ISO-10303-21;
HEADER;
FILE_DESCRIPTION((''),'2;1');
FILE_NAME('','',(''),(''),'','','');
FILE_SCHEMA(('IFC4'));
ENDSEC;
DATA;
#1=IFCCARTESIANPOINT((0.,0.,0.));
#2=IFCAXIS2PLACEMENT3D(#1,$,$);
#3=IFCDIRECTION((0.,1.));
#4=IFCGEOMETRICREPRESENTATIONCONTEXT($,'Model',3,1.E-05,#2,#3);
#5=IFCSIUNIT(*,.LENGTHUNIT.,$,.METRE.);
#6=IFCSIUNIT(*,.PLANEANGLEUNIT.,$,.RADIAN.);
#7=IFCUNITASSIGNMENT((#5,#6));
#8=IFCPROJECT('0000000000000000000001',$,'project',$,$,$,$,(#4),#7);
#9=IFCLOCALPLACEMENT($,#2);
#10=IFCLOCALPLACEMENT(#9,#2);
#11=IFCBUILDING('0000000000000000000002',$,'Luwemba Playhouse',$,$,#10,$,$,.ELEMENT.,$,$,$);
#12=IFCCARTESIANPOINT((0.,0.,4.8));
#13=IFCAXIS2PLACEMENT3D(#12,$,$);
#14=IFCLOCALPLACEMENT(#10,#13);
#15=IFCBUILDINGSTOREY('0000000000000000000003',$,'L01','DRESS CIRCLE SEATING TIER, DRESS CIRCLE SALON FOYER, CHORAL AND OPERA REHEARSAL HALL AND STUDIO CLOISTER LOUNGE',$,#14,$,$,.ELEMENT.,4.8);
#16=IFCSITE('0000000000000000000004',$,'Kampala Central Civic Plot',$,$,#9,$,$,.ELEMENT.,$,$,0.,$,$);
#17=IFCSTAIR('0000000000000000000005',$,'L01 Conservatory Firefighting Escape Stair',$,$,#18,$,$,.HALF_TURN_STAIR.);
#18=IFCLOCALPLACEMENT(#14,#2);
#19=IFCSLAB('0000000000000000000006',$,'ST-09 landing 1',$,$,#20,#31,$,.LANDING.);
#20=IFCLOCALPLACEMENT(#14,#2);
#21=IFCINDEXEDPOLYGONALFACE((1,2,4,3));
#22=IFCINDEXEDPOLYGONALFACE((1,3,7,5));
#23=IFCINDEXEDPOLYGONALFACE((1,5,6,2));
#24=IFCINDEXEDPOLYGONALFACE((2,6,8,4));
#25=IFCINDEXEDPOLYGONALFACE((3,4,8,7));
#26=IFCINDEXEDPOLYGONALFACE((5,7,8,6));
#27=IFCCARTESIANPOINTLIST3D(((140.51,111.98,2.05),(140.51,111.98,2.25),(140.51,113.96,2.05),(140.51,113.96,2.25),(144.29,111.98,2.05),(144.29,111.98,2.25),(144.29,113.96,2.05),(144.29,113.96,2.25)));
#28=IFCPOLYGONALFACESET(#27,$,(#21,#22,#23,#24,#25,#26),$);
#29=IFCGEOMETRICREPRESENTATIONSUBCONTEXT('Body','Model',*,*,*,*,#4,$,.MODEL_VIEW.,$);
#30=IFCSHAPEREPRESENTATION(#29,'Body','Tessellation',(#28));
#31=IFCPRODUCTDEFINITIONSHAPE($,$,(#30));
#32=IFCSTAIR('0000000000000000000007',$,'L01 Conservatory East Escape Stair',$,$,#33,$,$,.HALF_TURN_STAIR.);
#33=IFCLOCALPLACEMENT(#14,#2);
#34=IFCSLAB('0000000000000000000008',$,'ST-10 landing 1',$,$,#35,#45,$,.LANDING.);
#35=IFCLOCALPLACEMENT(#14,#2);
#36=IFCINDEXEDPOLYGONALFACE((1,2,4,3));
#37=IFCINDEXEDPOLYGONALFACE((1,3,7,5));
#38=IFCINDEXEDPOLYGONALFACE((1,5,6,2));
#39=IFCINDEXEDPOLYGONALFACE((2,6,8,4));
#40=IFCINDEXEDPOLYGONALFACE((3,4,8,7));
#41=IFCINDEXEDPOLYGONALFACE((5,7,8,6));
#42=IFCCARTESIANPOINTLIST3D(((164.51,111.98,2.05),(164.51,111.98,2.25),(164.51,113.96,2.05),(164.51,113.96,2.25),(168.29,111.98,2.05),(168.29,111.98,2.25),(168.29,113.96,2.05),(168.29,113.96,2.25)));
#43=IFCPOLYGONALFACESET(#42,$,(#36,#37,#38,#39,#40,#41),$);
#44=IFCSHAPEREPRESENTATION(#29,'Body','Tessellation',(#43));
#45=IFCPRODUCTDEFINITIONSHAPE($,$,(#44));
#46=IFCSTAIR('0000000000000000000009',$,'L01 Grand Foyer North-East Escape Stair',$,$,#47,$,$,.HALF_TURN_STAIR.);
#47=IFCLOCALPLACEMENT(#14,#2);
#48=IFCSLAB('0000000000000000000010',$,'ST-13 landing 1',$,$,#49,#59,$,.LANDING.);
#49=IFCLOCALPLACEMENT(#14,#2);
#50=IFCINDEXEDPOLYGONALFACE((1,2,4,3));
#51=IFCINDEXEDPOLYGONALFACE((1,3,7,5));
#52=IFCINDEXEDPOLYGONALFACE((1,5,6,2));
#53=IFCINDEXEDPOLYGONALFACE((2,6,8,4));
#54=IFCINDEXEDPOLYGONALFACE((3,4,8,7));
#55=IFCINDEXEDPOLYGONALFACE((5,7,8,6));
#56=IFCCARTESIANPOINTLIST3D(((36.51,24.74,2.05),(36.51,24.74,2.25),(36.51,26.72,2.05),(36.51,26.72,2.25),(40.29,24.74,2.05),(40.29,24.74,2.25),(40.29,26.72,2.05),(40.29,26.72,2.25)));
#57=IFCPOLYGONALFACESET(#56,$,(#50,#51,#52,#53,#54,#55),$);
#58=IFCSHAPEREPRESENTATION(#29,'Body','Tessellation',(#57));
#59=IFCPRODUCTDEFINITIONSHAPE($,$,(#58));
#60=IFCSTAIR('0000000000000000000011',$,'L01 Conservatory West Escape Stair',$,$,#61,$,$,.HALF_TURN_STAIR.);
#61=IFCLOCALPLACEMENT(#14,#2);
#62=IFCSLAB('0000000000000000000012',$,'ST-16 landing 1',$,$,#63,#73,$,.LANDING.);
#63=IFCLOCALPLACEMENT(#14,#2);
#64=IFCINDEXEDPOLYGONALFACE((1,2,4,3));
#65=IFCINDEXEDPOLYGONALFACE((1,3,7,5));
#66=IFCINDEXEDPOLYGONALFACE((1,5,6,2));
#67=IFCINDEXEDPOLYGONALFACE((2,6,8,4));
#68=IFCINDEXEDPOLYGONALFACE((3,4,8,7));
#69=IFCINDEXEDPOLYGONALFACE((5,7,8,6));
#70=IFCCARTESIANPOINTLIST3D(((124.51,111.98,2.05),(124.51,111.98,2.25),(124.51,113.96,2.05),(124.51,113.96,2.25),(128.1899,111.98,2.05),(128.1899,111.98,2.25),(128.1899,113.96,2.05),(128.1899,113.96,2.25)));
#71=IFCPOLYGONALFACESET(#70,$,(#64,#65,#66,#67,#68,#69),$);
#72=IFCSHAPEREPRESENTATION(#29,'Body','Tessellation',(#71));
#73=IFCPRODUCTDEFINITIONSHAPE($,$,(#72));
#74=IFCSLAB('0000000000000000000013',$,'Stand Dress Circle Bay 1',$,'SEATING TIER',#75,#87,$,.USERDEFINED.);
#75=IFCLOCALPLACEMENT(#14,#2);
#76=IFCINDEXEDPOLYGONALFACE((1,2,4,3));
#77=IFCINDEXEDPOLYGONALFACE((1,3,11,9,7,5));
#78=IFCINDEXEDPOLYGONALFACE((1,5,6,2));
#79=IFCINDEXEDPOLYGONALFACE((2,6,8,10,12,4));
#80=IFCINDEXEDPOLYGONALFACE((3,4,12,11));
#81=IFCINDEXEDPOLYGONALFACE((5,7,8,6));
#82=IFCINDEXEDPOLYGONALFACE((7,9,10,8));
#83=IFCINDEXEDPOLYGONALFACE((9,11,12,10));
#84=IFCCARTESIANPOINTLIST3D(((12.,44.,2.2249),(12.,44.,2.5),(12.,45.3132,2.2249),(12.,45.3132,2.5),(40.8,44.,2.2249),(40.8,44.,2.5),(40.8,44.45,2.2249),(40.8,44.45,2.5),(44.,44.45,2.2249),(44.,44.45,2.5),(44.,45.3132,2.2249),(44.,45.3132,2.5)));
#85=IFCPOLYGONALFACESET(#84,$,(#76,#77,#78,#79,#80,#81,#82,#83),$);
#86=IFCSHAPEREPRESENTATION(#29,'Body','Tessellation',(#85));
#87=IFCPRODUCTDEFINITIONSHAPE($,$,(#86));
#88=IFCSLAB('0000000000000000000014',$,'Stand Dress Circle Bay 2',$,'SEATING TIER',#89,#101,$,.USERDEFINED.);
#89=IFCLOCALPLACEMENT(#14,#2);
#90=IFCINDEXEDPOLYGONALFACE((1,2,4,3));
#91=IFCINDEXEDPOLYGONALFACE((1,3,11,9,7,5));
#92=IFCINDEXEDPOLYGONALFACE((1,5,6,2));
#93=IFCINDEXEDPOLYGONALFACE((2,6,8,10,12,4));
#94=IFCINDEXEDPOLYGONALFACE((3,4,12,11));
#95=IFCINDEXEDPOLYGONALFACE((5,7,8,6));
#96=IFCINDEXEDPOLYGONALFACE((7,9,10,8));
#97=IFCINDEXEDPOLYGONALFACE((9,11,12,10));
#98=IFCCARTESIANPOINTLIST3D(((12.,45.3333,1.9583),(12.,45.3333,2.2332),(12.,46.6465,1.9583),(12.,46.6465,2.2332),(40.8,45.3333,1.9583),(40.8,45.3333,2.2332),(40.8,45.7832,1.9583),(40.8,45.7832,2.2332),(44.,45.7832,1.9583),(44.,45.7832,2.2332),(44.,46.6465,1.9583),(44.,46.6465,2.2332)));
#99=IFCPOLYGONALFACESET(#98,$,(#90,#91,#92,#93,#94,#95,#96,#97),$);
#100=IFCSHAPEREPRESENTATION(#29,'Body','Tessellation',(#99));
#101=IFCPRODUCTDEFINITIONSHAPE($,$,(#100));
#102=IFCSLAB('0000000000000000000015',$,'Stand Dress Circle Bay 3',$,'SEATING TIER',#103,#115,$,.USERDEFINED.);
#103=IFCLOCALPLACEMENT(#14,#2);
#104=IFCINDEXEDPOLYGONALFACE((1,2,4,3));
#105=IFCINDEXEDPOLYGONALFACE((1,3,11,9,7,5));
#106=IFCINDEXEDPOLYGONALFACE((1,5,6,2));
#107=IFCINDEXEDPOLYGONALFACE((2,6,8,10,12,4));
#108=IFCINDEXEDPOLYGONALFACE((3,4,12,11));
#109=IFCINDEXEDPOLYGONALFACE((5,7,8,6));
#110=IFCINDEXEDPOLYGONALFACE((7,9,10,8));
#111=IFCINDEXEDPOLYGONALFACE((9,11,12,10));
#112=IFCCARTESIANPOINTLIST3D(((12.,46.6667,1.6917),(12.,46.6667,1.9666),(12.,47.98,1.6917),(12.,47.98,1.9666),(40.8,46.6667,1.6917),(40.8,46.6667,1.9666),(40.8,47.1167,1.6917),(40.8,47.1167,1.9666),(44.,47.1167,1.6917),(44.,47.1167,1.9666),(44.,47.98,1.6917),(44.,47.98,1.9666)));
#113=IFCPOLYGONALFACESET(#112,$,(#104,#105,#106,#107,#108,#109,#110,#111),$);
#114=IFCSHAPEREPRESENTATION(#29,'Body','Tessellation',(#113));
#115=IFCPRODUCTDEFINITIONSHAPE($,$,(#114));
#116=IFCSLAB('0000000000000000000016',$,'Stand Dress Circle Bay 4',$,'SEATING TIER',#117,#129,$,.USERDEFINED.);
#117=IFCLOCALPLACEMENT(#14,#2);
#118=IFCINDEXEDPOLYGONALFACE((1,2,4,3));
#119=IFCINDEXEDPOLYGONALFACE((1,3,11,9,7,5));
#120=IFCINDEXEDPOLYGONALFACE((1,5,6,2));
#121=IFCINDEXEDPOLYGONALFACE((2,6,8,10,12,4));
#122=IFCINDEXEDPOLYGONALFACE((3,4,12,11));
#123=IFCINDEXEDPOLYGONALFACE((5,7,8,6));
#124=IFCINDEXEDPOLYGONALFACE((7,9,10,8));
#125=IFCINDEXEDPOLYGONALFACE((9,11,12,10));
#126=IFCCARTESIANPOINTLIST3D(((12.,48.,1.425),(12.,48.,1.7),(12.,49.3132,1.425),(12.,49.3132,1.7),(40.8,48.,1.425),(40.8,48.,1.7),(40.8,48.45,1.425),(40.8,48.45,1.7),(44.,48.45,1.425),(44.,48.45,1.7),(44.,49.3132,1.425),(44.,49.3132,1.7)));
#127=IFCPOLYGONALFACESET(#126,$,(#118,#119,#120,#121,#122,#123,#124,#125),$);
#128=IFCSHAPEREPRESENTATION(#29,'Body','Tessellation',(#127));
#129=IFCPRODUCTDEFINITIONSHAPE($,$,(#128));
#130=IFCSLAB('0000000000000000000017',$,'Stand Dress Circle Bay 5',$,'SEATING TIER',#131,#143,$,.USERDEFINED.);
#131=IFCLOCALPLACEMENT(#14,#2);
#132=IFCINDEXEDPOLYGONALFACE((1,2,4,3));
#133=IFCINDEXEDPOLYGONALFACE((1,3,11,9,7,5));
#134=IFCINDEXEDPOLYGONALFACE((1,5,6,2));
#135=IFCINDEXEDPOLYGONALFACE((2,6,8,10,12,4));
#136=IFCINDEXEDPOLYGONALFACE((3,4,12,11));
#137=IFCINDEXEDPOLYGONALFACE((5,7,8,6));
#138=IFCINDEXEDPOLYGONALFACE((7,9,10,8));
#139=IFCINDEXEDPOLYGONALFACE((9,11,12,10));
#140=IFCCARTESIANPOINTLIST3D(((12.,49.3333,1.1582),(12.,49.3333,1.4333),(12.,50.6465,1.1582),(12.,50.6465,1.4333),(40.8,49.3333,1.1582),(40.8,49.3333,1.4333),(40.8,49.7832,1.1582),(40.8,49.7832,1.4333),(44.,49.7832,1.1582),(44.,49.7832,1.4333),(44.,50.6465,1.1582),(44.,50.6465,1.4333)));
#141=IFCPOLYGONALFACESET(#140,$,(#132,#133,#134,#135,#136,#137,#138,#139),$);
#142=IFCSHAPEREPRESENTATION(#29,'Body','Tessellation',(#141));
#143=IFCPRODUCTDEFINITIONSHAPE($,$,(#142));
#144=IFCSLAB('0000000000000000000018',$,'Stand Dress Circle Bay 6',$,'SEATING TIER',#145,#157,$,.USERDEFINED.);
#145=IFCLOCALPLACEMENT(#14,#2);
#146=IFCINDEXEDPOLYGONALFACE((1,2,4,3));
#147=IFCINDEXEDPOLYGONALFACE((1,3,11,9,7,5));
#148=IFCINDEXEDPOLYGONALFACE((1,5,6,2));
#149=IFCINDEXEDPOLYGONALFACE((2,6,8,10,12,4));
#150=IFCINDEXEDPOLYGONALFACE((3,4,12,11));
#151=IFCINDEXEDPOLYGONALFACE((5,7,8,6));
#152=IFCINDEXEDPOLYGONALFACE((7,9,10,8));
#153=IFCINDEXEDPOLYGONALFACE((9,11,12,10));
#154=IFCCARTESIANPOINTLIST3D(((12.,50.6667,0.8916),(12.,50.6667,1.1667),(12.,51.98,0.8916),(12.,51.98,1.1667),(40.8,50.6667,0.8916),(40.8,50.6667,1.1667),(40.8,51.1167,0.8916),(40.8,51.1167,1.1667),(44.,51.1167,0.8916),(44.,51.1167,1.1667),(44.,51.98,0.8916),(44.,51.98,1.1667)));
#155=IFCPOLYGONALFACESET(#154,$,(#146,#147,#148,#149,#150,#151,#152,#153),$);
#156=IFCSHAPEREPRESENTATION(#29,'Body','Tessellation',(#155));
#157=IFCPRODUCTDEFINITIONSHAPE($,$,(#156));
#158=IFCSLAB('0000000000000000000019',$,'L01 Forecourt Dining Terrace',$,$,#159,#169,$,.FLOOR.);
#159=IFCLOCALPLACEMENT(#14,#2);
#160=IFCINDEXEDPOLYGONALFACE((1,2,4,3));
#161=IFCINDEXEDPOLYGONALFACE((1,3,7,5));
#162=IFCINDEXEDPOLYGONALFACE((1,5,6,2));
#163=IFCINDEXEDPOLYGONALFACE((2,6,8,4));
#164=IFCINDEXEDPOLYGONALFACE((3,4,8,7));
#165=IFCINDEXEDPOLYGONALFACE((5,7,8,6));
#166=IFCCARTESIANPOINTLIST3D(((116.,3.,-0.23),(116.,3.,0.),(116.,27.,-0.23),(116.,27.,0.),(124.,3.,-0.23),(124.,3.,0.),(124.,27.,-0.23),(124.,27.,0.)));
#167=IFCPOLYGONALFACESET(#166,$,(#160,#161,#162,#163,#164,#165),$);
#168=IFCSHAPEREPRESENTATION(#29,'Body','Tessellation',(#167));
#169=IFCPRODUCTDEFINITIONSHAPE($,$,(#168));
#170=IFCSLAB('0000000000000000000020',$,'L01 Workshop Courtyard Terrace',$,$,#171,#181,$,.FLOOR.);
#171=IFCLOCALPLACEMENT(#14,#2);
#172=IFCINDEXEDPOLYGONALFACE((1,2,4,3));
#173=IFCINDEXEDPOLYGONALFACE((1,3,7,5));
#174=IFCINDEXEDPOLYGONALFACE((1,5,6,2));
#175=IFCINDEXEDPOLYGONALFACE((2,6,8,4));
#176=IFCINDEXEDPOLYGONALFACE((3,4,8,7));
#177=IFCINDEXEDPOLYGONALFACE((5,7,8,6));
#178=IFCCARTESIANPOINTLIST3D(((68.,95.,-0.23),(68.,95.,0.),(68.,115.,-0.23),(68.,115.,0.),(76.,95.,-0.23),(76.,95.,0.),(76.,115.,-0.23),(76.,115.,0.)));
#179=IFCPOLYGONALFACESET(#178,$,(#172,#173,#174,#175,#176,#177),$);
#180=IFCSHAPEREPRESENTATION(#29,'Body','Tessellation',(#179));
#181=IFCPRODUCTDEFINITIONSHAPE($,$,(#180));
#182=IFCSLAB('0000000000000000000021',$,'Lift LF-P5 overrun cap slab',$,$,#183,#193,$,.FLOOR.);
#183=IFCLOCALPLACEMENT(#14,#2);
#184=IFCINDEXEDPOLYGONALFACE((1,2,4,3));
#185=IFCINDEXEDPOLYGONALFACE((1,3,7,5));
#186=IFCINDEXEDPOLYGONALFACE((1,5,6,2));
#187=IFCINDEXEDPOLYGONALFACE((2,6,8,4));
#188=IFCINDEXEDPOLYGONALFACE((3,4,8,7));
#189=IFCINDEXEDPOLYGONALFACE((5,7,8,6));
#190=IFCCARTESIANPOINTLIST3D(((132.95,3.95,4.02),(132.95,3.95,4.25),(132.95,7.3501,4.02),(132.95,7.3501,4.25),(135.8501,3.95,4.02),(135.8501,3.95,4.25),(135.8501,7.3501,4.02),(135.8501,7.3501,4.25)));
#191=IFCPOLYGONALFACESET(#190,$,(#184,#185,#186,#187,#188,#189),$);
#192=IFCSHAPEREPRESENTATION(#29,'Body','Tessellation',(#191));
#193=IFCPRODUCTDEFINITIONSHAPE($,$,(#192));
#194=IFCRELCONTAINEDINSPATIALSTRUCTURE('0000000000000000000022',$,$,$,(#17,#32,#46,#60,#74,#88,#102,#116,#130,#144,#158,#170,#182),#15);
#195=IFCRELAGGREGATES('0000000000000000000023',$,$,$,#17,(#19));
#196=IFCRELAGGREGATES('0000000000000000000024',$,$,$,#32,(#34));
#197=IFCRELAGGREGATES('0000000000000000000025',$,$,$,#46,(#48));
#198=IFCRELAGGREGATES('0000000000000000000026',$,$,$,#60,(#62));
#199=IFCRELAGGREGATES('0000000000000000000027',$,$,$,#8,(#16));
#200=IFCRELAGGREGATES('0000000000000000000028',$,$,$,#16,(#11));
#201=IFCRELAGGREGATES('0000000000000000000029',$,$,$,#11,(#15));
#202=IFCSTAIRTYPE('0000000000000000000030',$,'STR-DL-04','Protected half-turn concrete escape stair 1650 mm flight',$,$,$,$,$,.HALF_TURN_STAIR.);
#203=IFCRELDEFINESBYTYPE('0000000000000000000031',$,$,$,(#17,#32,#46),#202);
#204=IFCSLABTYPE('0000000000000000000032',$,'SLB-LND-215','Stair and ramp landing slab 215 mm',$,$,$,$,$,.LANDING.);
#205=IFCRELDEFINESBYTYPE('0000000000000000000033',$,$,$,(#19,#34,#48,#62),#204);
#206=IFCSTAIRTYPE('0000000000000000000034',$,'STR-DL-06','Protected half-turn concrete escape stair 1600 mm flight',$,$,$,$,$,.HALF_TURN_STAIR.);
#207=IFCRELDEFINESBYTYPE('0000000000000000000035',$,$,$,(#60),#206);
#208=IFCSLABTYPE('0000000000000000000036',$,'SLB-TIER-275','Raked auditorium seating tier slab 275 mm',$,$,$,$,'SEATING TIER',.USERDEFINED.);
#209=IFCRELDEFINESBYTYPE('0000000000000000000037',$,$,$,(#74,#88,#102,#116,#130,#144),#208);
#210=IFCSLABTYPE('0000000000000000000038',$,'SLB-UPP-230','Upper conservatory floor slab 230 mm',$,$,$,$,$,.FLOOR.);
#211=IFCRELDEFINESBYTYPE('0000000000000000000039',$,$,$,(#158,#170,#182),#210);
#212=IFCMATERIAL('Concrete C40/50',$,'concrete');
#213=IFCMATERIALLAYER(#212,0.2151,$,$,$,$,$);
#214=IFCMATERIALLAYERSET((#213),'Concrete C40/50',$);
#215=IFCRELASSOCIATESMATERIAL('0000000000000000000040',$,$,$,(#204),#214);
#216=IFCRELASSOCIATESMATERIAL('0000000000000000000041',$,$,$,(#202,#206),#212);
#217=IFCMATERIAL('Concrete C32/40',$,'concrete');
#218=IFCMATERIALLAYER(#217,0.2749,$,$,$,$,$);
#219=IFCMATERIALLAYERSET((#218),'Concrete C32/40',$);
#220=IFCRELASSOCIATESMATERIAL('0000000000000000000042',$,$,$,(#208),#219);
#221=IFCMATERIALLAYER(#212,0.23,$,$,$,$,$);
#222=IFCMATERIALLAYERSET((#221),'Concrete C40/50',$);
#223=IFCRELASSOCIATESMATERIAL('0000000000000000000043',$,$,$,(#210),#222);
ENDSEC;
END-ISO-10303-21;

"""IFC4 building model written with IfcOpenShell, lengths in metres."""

from ifc_helpers import new_model, si_unit, direction, frame, origin, place, context, subcontext, project, spatial, polyline, outline, extrude, material, layer, layer_set, type_object, element, aggregate, save


model = new_model("IFC4")

# Units and contexts
model_context = context("Model", 3, precision=1e-05, world=origin(), true_north=direction((0.0, 1.0)))
body_context = subcontext(model_context, "Body", "Model", "MODEL_VIEW")
ifc_project = project(units=[si_unit("LENGTHUNIT", "METRE"), si_unit("PLANEANGLEUNIT", "RADIAN")], contexts=[model_context])

# Site, building, storey
site_placement = place(None, origin())
site = spatial("IfcSite", under=ifc_project, at=site_placement, Name="Kampala Central Civic Plot", CompositionType="ELEMENT", RefElevation=0.0)
building_placement = place(site_placement, origin())
building = spatial("IfcBuilding", under=site, at=building_placement, Name="Luwemba Playhouse", CompositionType="ELEMENT")
storey_placement = place(building_placement, frame((0.0, 0.0, 4.8)))
storey = spatial("IfcBuildingStorey", under=building, at=storey_placement, Name="L01", Description="DRESS CIRCLE SEATING TIER, DRESS CIRCLE SALON FOYER, CHORAL AND OPERA REHEARSAL HALL AND STUDIO CLOISTER LOUNGE", CompositionType="ELEMENT", Elevation=4.8)

# Shared definitions
ifc_material_1 = material(Name="Concrete C40/50", Category="concrete")

# Stairs, slabs
ifc_layer_1 = layer(ifc_material_1, 0.2151)
ifc_layer_set_1 = layer_set([ifc_layer_1], Name="Concrete C40/50")
slab_type_1 = type_object("IfcSlabType", Name="SLB-LND-215", Description="Stair and ramp landing slab 215 mm", PredefinedType="LANDING", material=ifc_layer_set_1)
stair_type_1 = type_object("IfcStairType", Name="STR-DL-04", Description="Protected half-turn concrete escape stair 1650 mm flight", PredefinedType="HALF_TURN_STAIR", material=ifc_material_1)
stair_type_2 = type_object("IfcStairType", Name="STR-DL-06", Description="Protected half-turn concrete escape stair 1600 mm flight", PredefinedType="HALF_TURN_STAIR", material=ifc_material_1)
stair_1_placement = place(storey_placement, origin())
stair_1 = element("IfcStair", 1, at=stair_1_placement, inside=storey, type_object=stair_type_1, Name="L01 Conservatory Firefighting Escape Stair", PredefinedType="HALF_TURN_STAIR")
slab_1_placement = place(storey_placement, frame((0.0, 0.0, 2.05)))
slab_1 = element("IfcSlab", 2, at=slab_1_placement, type_object=slab_type_1, Name="ST-09 landing 1", PredefinedType="LANDING", context=body_context, shape_type="SweptSolid", body=[
    extrude(outline(polyline([(144.29, 111.98), (140.51, 111.98), (140.51, 113.96), (144.29, 113.96), (144.29, 111.98)])), origin(), (0.0, 0.0, 1.0), 0.2),
])
aggregate(stair_1, [slab_1])
stair_2_placement = place(storey_placement, origin())
stair_2 = element("IfcStair", 3, at=stair_2_placement, inside=storey, type_object=stair_type_1, Name="L01 Conservatory East Escape Stair", PredefinedType="HALF_TURN_STAIR")
slab_2_placement = place(storey_placement, frame((0.0, 0.0, 2.05)))
slab_2 = element("IfcSlab", 4, at=slab_2_placement, type_object=slab_type_1, Name="ST-10 landing 1", PredefinedType="LANDING", context=body_context, shape_type="SweptSolid", body=[
    extrude(outline(polyline([(168.29, 111.98), (164.51, 111.98), (164.51, 113.96), (168.29, 113.96), (168.29, 111.98)])), origin(), (0.0, 0.0, 1.0), 0.2),
])
aggregate(stair_2, [slab_2])
stair_3_placement = place(storey_placement, origin())
stair_3 = element("IfcStair", 5, at=stair_3_placement, inside=storey, type_object=stair_type_1, Name="L01 Grand Foyer North-East Escape Stair", PredefinedType="HALF_TURN_STAIR")
slab_3_placement = place(storey_placement, frame((0.0, 0.0, 2.05)))
slab_3 = element("IfcSlab", 6, at=slab_3_placement, type_object=slab_type_1, Name="ST-13 landing 1", PredefinedType="LANDING", context=body_context, shape_type="SweptSolid", body=[
    extrude(outline(polyline([(40.29, 24.74), (36.51, 24.74), (36.51, 26.72), (40.29, 26.72), (40.29, 24.74)])), origin(), (0.0, 0.0, 1.0), 0.2),
])
aggregate(stair_3, [slab_3])
stair_4_placement = place(storey_placement, origin())
stair_4 = element("IfcStair", 7, at=stair_4_placement, inside=storey, type_object=stair_type_2, Name="L01 Conservatory West Escape Stair", PredefinedType="HALF_TURN_STAIR")
slab_4_placement = place(storey_placement, frame((0.0, 0.0, 2.05)))
slab_4 = element("IfcSlab", 8, at=slab_4_placement, type_object=slab_type_1, Name="ST-16 landing 1", PredefinedType="LANDING", context=body_context, shape_type="SweptSolid", body=[
    extrude(outline(polyline([(128.1899, 111.98), (124.51, 111.98), (124.51, 113.96), (128.1899, 113.96), (128.1899, 111.98)])), origin(), (0.0, 0.0, 1.0), 0.2),
])
aggregate(stair_4, [slab_4])

# Slabs
ifc_material_2 = material(Name="Concrete C32/40", Category="concrete")
ifc_layer_2 = layer(ifc_material_2, 0.2749)
ifc_layer_set_2 = layer_set([ifc_layer_2], Name="Concrete C32/40")
slab_type_2 = type_object("IfcSlabType", Name="SLB-TIER-275", Description="Raked auditorium seating tier slab 275 mm", ElementType="SEATING TIER", PredefinedType="USERDEFINED", material=ifc_layer_set_2)
slab_5_placement = place(storey_placement, frame((0.0, 0.0, 2.2249)))
element("IfcSlab", 9, at=slab_5_placement, inside=storey, type_object=slab_type_2, Name="Stand Dress Circle Bay 1", ObjectType="SEATING TIER", PredefinedType="USERDEFINED", context=body_context, shape_type="SweptSolid", body=[
    extrude(outline(polyline([(12.0, 44.0), (40.8, 44.0), (40.8, 44.45), (44.0, 44.45), (44.0, 45.3132), (12.0, 45.3132), (12.0, 44.0)])), origin(), (0.0, 0.0, 1.0), 0.2751),
])
slab_6_placement = place(storey_placement, frame((0.0, 0.0, 1.9583)))
element("IfcSlab", 10, at=slab_6_placement, inside=storey, type_object=slab_type_2, Name="Stand Dress Circle Bay 2", ObjectType="SEATING TIER", PredefinedType="USERDEFINED", context=body_context, shape_type="SweptSolid", body=[
    extrude(outline(polyline([(12.0, 45.3333), (40.8, 45.3333), (40.8, 45.7832), (44.0, 45.7832), (44.0, 46.6465), (12.0, 46.6465), (12.0, 45.3333)])), origin(), (0.0, 0.0, 1.0), 0.2749),
])
slab_7_placement = place(storey_placement, frame((0.0, 0.0, 1.6917)))
element("IfcSlab", 11, at=slab_7_placement, inside=storey, type_object=slab_type_2, Name="Stand Dress Circle Bay 3", ObjectType="SEATING TIER", PredefinedType="USERDEFINED", context=body_context, shape_type="SweptSolid", body=[
    extrude(outline(polyline([(12.0, 46.6667), (40.8, 46.6667), (40.8, 47.1167), (44.0, 47.1167), (44.0, 47.98), (12.0, 47.98), (12.0, 46.6667)])), origin(), (0.0, 0.0, 1.0), 0.2749),
])
slab_8_placement = place(storey_placement, frame((0.0, 0.0, 1.425)))
element("IfcSlab", 12, at=slab_8_placement, inside=storey, type_object=slab_type_2, Name="Stand Dress Circle Bay 4", ObjectType="SEATING TIER", PredefinedType="USERDEFINED", context=body_context, shape_type="SweptSolid", body=[
    extrude(outline(polyline([(12.0, 48.0), (40.8, 48.0), (40.8, 48.45), (44.0, 48.45), (44.0, 49.3132), (12.0, 49.3132), (12.0, 48.0)])), origin(), (0.0, 0.0, 1.0), 0.2749),
])
slab_9_placement = place(storey_placement, frame((0.0, 0.0, 1.1582)))
element("IfcSlab", 13, at=slab_9_placement, inside=storey, type_object=slab_type_2, Name="Stand Dress Circle Bay 5", ObjectType="SEATING TIER", PredefinedType="USERDEFINED", context=body_context, shape_type="SweptSolid", body=[
    extrude(outline(polyline([(12.0, 49.3333), (40.8, 49.3333), (40.8, 49.7832), (44.0, 49.7832), (44.0, 50.6465), (12.0, 50.6465), (12.0, 49.3333)])), origin(), (0.0, 0.0, 1.0), 0.2751),
])
slab_10_placement = place(storey_placement, frame((0.0, 0.0, 0.8916)))
element("IfcSlab", 14, at=slab_10_placement, inside=storey, type_object=slab_type_2, Name="Stand Dress Circle Bay 6", ObjectType="SEATING TIER", PredefinedType="USERDEFINED", context=body_context, shape_type="SweptSolid", body=[
    extrude(outline(polyline([(12.0, 50.6667), (40.8, 50.6667), (40.8, 51.1167), (44.0, 51.1167), (44.0, 51.98), (12.0, 51.98), (12.0, 50.6667)])), origin(), (0.0, 0.0, 1.0), 0.2751),
])
ifc_layer_3 = layer(ifc_material_1, 0.23)
ifc_layer_set_3 = layer_set([ifc_layer_3], Name="Concrete C40/50")
slab_type_3 = type_object("IfcSlabType", Name="SLB-UPP-230", Description="Upper conservatory floor slab 230 mm", PredefinedType="FLOOR", material=ifc_layer_set_3)
slab_11_placement = place(storey_placement, frame((0.0, 0.0, -0.23)))
element("IfcSlab", 15, at=slab_11_placement, inside=storey, type_object=slab_type_3, Name="L01 Forecourt Dining Terrace", PredefinedType="FLOOR", context=body_context, shape_type="SweptSolid", body=[
    extrude(outline(polyline([(116.0, 3.0), (124.0, 3.0), (124.0, 27.0), (116.0, 27.0), (116.0, 3.0)])), origin(), (0.0, 0.0, 1.0), 0.23),
])
slab_12_placement = place(storey_placement, frame((0.0, 0.0, -0.23)))
element("IfcSlab", 16, at=slab_12_placement, inside=storey, type_object=slab_type_3, Name="L01 Workshop Courtyard Terrace", PredefinedType="FLOOR", context=body_context, shape_type="SweptSolid", body=[
    extrude(outline(polyline([(68.0, 95.0), (76.0, 95.0), (76.0, 115.0), (68.0, 115.0), (68.0, 95.0)])), origin(), (0.0, 0.0, 1.0), 0.23),
])
slab_13_placement = place(storey_placement, frame((0.0, 0.0, 4.02)))
element("IfcSlab", 17, at=slab_13_placement, inside=storey, type_object=slab_type_3, Name="Lift LF-P5 overrun cap slab", PredefinedType="FLOOR", context=body_context, shape_type="SweptSolid", body=[
    extrude(outline(polyline([(132.95, 3.95), (135.8501, 3.95), (135.8501, 7.3501), (132.95, 7.3501), (132.95, 3.95)])), origin(), (0.0, 0.0, 1.0), 0.23),
])

save(model, "model.ifc")
